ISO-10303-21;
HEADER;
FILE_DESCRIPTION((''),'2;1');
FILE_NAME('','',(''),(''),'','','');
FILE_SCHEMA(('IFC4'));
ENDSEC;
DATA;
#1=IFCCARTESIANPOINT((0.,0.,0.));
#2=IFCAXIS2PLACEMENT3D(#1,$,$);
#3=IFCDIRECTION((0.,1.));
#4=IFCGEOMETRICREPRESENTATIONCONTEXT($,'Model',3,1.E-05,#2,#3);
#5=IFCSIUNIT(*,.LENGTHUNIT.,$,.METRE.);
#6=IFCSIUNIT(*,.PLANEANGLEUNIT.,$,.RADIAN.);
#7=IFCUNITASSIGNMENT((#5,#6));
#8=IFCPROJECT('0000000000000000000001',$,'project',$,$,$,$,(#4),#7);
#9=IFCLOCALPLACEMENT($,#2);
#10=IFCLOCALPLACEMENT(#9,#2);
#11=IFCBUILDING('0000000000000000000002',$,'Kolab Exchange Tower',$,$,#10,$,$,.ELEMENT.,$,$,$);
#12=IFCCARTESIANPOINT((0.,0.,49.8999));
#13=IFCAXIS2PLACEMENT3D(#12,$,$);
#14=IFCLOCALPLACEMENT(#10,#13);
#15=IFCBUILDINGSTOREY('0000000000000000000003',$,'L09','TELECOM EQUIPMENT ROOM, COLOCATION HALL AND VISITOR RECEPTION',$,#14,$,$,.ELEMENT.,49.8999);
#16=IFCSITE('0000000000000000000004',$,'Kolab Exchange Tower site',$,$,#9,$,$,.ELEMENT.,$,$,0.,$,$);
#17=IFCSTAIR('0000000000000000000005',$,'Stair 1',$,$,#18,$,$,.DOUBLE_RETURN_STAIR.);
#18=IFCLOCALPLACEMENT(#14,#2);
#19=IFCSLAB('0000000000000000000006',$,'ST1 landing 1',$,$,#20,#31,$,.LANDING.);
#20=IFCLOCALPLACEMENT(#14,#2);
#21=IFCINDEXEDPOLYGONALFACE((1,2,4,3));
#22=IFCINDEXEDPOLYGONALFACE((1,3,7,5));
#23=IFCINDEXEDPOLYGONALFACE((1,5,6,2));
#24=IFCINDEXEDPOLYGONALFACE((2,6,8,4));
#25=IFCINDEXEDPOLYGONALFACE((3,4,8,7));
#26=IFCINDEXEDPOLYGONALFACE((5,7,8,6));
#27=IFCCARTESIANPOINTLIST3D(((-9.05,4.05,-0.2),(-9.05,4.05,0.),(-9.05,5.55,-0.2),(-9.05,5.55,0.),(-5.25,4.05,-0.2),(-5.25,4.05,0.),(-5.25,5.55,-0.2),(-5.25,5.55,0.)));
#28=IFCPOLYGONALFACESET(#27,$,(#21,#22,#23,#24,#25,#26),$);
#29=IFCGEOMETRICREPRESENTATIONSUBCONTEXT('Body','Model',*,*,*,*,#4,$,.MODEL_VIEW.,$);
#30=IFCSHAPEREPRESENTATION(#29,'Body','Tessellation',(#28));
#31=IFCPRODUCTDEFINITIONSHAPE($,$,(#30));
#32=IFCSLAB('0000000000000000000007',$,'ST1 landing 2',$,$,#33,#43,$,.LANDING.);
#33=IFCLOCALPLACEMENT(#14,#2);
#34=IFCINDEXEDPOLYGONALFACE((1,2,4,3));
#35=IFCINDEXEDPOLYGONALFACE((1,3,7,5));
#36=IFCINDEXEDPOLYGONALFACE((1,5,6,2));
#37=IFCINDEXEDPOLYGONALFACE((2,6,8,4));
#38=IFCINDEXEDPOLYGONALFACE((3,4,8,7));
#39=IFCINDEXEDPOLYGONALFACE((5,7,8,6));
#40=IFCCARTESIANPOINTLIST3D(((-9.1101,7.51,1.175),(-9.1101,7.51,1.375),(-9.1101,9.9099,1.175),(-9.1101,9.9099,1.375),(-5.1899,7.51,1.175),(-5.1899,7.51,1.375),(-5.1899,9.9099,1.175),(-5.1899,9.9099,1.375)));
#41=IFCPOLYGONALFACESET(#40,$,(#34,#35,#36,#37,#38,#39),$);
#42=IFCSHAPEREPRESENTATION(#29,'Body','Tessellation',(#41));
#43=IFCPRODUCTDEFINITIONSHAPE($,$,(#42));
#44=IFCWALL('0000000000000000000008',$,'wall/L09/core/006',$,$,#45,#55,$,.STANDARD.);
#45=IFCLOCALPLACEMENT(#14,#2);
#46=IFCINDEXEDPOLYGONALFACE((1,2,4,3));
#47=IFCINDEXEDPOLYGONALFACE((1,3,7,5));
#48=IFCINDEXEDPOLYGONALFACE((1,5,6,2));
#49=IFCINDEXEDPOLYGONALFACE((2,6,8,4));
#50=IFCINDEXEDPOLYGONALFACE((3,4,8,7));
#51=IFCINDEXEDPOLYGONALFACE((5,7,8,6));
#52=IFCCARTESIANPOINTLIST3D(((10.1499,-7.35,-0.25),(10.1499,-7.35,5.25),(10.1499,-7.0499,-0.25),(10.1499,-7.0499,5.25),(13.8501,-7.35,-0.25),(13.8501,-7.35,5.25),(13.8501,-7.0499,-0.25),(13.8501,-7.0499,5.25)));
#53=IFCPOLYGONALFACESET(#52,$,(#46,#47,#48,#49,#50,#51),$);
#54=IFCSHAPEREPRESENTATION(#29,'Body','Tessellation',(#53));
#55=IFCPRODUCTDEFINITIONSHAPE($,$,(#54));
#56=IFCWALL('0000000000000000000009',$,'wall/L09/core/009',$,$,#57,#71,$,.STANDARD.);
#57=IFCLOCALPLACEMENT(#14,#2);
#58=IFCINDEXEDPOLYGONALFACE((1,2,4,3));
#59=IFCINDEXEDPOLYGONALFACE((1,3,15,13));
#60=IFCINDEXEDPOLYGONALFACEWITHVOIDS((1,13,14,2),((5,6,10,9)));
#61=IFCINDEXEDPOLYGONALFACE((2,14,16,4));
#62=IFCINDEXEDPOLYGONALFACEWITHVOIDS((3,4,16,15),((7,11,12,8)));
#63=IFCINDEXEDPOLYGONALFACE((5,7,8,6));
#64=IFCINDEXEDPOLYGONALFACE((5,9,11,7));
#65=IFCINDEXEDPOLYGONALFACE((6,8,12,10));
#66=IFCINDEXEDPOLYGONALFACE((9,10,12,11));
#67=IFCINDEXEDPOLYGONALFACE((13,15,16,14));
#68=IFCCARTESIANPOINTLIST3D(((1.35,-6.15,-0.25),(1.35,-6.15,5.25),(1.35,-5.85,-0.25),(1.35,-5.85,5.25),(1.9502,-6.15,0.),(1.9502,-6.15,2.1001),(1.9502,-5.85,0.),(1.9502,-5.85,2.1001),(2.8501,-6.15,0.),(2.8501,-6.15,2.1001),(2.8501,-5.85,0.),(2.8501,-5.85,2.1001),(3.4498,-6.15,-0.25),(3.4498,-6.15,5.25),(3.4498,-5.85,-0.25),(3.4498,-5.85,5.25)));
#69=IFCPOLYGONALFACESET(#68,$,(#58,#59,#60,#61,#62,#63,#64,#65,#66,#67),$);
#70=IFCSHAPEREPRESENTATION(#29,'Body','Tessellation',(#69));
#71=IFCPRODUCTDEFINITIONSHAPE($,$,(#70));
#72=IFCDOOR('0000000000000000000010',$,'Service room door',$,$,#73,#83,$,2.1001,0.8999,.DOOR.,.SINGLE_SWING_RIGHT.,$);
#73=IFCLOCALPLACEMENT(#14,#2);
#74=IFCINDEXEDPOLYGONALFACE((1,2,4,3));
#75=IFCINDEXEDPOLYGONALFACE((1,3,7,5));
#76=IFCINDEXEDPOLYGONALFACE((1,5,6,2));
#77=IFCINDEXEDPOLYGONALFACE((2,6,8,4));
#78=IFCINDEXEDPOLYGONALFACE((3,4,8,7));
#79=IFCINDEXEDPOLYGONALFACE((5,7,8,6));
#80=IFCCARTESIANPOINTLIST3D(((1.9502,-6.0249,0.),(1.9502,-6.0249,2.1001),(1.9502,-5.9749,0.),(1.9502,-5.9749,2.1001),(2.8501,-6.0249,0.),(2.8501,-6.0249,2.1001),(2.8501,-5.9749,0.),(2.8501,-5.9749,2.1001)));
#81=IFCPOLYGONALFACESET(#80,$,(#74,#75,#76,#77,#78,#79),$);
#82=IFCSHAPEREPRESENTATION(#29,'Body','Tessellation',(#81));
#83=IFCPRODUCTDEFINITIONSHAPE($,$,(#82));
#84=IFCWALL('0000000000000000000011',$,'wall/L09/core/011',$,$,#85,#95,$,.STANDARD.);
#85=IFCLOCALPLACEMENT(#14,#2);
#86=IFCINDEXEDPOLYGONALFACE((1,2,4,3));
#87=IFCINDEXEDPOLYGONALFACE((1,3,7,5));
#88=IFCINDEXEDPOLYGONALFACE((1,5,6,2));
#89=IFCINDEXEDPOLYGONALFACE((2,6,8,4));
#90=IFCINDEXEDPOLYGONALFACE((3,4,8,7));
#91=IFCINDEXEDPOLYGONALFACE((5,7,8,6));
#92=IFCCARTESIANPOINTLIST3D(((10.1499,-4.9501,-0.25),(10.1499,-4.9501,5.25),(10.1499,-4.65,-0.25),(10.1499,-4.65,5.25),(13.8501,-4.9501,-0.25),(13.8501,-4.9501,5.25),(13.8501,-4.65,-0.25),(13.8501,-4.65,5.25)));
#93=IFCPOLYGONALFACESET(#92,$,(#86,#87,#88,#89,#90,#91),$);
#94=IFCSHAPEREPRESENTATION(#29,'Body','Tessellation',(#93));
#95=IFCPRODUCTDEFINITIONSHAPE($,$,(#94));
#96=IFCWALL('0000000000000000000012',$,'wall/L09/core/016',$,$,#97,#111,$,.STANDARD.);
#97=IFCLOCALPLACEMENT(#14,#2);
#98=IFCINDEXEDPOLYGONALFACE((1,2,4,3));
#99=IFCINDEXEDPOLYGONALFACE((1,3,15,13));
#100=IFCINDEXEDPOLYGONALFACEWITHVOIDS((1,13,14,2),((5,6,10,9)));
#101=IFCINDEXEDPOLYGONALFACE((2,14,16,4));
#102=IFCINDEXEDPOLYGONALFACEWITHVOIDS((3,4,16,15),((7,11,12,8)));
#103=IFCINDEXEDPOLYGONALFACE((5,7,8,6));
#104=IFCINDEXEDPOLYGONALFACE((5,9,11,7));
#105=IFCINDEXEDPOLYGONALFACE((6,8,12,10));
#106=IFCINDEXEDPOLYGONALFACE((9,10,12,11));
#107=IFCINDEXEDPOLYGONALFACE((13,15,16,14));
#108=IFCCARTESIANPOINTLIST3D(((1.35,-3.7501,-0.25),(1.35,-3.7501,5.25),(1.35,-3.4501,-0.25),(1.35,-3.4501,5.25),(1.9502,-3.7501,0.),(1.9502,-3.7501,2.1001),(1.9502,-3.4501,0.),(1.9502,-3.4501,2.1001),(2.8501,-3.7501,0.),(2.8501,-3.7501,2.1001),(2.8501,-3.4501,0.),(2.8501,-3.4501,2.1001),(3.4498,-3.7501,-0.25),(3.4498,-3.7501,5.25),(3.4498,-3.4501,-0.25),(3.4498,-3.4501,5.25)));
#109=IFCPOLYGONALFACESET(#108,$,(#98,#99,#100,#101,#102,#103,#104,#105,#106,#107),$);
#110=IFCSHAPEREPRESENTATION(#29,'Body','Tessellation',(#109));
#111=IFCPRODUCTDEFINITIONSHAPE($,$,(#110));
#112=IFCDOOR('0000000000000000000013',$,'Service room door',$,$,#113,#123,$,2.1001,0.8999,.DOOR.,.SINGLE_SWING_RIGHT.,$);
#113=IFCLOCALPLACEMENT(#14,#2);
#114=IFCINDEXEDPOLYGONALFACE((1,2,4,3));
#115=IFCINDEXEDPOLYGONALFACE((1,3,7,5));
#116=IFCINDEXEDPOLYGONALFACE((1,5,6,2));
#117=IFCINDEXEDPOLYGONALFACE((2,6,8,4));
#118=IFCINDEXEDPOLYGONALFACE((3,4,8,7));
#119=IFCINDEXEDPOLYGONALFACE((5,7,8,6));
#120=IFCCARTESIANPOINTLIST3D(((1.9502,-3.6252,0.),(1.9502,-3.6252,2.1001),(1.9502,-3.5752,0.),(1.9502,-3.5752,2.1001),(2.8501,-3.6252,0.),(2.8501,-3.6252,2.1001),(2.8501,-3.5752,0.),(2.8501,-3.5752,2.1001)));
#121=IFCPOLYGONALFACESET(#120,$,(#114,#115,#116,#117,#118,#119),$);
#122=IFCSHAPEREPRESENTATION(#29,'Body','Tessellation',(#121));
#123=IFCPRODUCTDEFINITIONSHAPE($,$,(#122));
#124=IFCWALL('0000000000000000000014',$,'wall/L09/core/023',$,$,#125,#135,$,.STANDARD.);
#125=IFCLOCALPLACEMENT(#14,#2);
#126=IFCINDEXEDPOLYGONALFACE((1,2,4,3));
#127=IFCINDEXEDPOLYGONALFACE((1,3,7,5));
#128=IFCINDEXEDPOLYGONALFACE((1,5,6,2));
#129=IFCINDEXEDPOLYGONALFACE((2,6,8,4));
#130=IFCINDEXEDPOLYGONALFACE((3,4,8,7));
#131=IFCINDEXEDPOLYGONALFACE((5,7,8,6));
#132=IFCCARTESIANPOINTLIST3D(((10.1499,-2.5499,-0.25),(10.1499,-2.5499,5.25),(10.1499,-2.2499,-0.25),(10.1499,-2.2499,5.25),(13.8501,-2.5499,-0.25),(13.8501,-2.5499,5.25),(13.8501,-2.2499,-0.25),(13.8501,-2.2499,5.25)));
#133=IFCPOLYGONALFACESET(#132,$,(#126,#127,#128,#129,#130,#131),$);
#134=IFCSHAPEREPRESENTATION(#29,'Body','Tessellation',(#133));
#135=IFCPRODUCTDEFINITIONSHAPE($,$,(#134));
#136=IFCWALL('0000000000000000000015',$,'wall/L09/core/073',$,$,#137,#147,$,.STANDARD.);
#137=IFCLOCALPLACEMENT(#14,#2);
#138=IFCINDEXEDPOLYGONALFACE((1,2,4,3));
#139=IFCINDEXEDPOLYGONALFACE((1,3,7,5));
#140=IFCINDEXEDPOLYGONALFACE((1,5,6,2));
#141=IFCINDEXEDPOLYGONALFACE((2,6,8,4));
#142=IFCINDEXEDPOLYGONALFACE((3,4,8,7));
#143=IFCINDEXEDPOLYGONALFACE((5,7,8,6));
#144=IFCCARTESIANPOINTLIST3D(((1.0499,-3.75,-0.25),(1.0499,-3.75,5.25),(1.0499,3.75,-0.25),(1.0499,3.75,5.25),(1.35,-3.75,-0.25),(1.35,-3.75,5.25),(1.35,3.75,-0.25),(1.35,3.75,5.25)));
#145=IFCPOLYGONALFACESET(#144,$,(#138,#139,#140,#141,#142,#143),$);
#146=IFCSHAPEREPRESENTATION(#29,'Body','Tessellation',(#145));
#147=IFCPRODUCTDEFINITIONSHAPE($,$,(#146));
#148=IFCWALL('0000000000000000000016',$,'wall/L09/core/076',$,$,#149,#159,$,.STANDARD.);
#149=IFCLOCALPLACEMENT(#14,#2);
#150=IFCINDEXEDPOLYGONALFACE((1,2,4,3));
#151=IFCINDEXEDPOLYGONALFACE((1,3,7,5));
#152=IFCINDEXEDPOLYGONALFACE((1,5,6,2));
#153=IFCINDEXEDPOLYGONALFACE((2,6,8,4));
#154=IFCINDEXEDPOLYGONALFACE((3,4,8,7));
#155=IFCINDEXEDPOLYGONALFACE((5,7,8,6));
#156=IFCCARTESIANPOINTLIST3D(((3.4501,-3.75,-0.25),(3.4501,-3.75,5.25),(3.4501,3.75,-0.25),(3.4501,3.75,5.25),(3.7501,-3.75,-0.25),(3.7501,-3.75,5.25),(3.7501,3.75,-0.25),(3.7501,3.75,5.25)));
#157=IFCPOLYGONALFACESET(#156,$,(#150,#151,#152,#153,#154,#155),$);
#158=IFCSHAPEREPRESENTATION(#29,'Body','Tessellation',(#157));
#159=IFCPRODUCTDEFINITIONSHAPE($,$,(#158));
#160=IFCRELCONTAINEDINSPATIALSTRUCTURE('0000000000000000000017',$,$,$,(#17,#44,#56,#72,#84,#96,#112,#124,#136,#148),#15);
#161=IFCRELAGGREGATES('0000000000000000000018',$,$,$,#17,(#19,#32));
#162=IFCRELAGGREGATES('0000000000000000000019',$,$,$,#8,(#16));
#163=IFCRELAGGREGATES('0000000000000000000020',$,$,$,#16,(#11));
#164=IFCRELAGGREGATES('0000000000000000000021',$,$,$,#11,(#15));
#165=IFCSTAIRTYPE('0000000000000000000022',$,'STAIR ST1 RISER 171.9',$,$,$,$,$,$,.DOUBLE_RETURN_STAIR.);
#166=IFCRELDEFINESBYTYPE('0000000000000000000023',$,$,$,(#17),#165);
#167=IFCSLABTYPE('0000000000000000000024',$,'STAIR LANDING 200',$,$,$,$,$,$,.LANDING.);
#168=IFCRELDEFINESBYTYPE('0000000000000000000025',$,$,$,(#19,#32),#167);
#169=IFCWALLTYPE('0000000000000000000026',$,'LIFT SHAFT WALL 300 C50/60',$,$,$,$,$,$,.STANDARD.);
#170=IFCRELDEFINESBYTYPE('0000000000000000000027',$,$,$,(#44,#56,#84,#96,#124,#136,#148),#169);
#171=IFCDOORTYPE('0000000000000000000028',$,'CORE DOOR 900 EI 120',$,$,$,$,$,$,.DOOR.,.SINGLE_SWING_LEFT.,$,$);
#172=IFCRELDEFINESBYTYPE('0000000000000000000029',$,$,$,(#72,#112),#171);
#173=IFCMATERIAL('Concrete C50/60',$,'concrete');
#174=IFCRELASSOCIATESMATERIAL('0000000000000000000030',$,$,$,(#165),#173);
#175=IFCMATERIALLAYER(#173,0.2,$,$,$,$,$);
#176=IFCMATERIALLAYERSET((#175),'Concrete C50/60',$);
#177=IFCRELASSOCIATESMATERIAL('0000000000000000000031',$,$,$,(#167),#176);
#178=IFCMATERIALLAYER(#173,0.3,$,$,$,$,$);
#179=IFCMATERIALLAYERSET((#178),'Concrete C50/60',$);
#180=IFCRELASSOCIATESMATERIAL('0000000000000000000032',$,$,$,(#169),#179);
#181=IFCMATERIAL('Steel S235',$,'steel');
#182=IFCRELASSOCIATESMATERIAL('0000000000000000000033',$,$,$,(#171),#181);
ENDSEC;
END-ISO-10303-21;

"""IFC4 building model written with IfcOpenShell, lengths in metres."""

from ifc_helpers import new_model, si_unit, direction, frame, frame_2d, origin, place, context, subcontext, project, spatial, polyline, rectangle, outline, extrude, material, layer, layer_set, type_object, element, fill, aggregate, save


model = new_model("IFC4")

# Units and contexts
model_context = context("Model", 3, precision=1e-05, world=origin(), true_north=direction((0.0, 1.0)))
body_context = subcontext(model_context, "Body", "Model", "MODEL_VIEW")
ifc_project = project(units=[si_unit("LENGTHUNIT", "METRE"), si_unit("PLANEANGLEUNIT", "RADIAN")], contexts=[model_context])

# Site, building, storey
site_placement = place(None, origin())
site = spatial("IfcSite", under=ifc_project, at=site_placement, Name="Kolab Exchange Tower site", CompositionType="ELEMENT", RefElevation=0.0)
building_placement = place(site_placement, origin())
building = spatial("IfcBuilding", under=site, at=building_placement, Name="Kolab Exchange Tower", CompositionType="ELEMENT")
storey_placement = place(building_placement, frame((0.0, 0.0, 49.8999)))
storey = spatial("IfcBuildingStorey", under=building, at=storey_placement, Name="L09", Description="TELECOM EQUIPMENT ROOM, COLOCATION HALL AND VISITOR RECEPTION", CompositionType="ELEMENT", Elevation=49.8999)

# Stair, slabs
ifc_material_1 = material(Name="Concrete C50/60", Category="concrete")
stair_type_1 = type_object("IfcStairType", Name="STAIR ST1 RISER 171.9", PredefinedType="DOUBLE_RETURN_STAIR", material=ifc_material_1)
stair_1_placement = place(storey_placement, origin())
stair_1 = element("IfcStair", 1, at=stair_1_placement, inside=storey, type_object=stair_type_1, Name="Stair 1", PredefinedType="DOUBLE_RETURN_STAIR")
ifc_layer_1 = layer(ifc_material_1, 0.2)
ifc_layer_set_1 = layer_set([ifc_layer_1], Name="Concrete C50/60")
slab_type = type_object("IfcSlabType", Name="STAIR LANDING 200", PredefinedType="LANDING", material=ifc_layer_set_1)
slab_1_placement = place(storey_placement, frame((0.0, 0.0, -0.2)))
slab_1 = element("IfcSlab", 2, at=slab_1_placement, type_object=slab_type, Name="ST1 landing 1", PredefinedType="LANDING", context=body_context, shape_type="SweptSolid", body=[
    extrude(outline(polyline([(-9.05, 4.05), (-5.25, 4.05), (-5.25, 5.55), (-9.05, 5.55), (-9.05, 4.05)])), origin(), (0.0, 0.0, 1.0), 0.2),
])
slab_2_placement = place(storey_placement, frame((0.0, 0.0, 1.175)))
slab_2 = element("IfcSlab", 3, at=slab_2_placement, type_object=slab_type, Name="ST1 landing 2", PredefinedType="LANDING", context=body_context, shape_type="SweptSolid", body=[
    extrude(outline(polyline([(-9.1101, 7.51), (-5.1899, 7.51), (-5.1899, 9.9099), (-9.1101, 9.9099), (-9.1101, 7.51)])), origin(), (0.0, 0.0, 1.0), 0.2),
])
aggregate(stair_1, [slab_1, slab_2])

# Wall
ifc_layer_2 = layer(ifc_material_1, 0.3)
ifc_layer_set_2 = layer_set([ifc_layer_2], Name="Concrete C50/60")
wall_type_1 = type_object("IfcWallType", Name="LIFT SHAFT WALL 300 C50/60", PredefinedType="STANDARD", material=ifc_layer_set_2)
wall_1_placement = place(storey_placement, frame((10.1499, -7.2, -0.25), z_axis=(0.0, 0.0, 1.0), x_axis=(1.0, 0.0, 0.0)))
element("IfcWall", 4, at=wall_1_placement, inside=storey, type_object=wall_type_1, Name="wall/L09/core/006", PredefinedType="STANDARD", context=body_context, shape_type="SweptSolid", body=[
    extrude(rectangle(XDim=3.7002, YDim=0.3, at=frame_2d((1.8501, 0.0))), origin(), (0.0, 0.0, 1.0), 5.5),
])

# Wall, opening, door
wall_2_placement = place(storey_placement, frame((1.3501, -6.0, -0.25), z_axis=(0.0, 0.0, 1.0), x_axis=(1.0, 0.0, 0.0)))
wall_2 = element("IfcWall", 5, at=wall_2_placement, inside=storey, type_object=wall_type_1, Name="wall/L09/core/009", PredefinedType="STANDARD", context=body_context, shape_type="SweptSolid", body=[
    extrude(rectangle(XDim=2.0999, YDim=0.3, at=frame_2d((1.0498, 0.0))), origin(), (0.0, 0.0, 1.0), 5.5),
])
opening_1_placement = place(wall_2_placement, frame((0.6001, 0.0, 0.25)))
opening_1 = element("IfcOpeningElement", 6, at=opening_1_placement, cuts=wall_2, PredefinedType="OPENING", context=body_context, shape_type="SweptSolid", body=[
    extrude(rectangle(XDim=0.8999, YDim=2.1001, at=frame_2d((0.45, 1.05))), frame((0.0, 0.1602, 0.0), z_axis=(0.0, -1.0, 0.0), x_axis=(1.0, 0.0, 0.0)), (0.0, 0.0, 1.0), 0.3201),
])
ifc_material_2 = material(Name="Steel S235", Category="steel")
door_type_1 = type_object("IfcDoorType", Name="CORE DOOR 900 EI 120", OperationType="SINGLE_SWING_LEFT", PredefinedType="DOOR", material=ifc_material_2)
door_1_placement = place(opening_1_placement, frame((0.8999, 0.0, 0.0), z_axis=(0.0, 0.0, 1.0), x_axis=(-1.0, 0.0, 0.0)))
door_1 = element("IfcDoor", 7, at=door_1_placement, inside=storey, type_object=door_type_1, Name="Service room door", OperationType="SINGLE_SWING_RIGHT", OverallHeight=2.1001, OverallWidth=0.8999, PredefinedType="DOOR", context=body_context, shape_type="SweptSolid", body=[
    extrude(rectangle(XDim=0.8999, YDim=2.1001, at=frame_2d((0.45, 1.05))), frame((0.0, 0.0249, 0.0), z_axis=(0.0, -1.0, 0.0), x_axis=(1.0, 0.0, 0.0)), (0.0, 0.0, 1.0), 0.05),
])
fill(opening_1, door_1)

# Wall
wall_3_placement = place(storey_placement, frame((10.1499, -4.8, -0.25), z_axis=(0.0, 0.0, 1.0), x_axis=(1.0, 0.0, 0.0)))
element("IfcWall", 8, at=wall_3_placement, inside=storey, type_object=wall_type_1, Name="wall/L09/core/011", PredefinedType="STANDARD", context=body_context, shape_type="SweptSolid", body=[
    extrude(rectangle(XDim=3.7002, YDim=0.3, at=frame_2d((1.8501, 0.0))), origin(), (0.0, 0.0, 1.0), 5.5),
])

# Wall, opening, door
wall_4_placement = place(storey_placement, frame((1.3501, -3.6001, -0.25), z_axis=(0.0, 0.0, 1.0), x_axis=(1.0, 0.0, 0.0)))
wall_4 = element("IfcWall", 9, at=wall_4_placement, inside=storey, type_object=wall_type_1, Name="wall/L09/core/016", PredefinedType="STANDARD", context=body_context, shape_type="SweptSolid", body=[
    extrude(rectangle(XDim=2.0999, YDim=0.3, at=frame_2d((1.0498, 0.0))), origin(), (0.0, 0.0, 1.0), 5.5),
])
opening_2_placement = place(wall_4_placement, frame((0.6001, 0.0, 0.25)))
opening_2 = element("IfcOpeningElement", 10, at=opening_2_placement, cuts=wall_4, PredefinedType="OPENING", context=body_context, shape_type="SweptSolid", body=[
    extrude(rectangle(XDim=0.8999, YDim=2.1001, at=frame_2d((0.45, 1.05))), frame((0.0, 0.1602, 0.0), z_axis=(0.0, -1.0, 0.0), x_axis=(1.0, 0.0, 0.0)), (0.0, 0.0, 1.0), 0.3201),
])
door_2_placement = place(opening_2_placement, origin())
door_2 = element("IfcDoor", 11, at=door_2_placement, inside=storey, type_object=door_type_1, Name="Service room door", OperationType="SINGLE_SWING_RIGHT", OverallHeight=2.1001, OverallWidth=0.8999, PredefinedType="DOOR", context=body_context, shape_type="SweptSolid", body=[
    extrude(rectangle(XDim=0.8999, YDim=2.1001, at=frame_2d((0.45, 1.05))), frame((0.0, 0.0249, 0.0), z_axis=(0.0, -1.0, 0.0), x_axis=(1.0, 0.0, 0.0)), (0.0, 0.0, 1.0), 0.05),
])
fill(opening_2, door_2)

# Walls
wall_5_placement = place(storey_placement, frame((10.1499, -2.3999, -0.25), z_axis=(0.0, 0.0, 1.0), x_axis=(1.0, 0.0, 0.0)))
element("IfcWall", 12, at=wall_5_placement, inside=storey, type_object=wall_type_1, Name="wall/L09/core/023", PredefinedType="STANDARD", context=body_context, shape_type="SweptSolid", body=[
    extrude(rectangle(XDim=3.7002, YDim=0.3, at=frame_2d((1.8501, 0.0))), origin(), (0.0, 0.0, 1.0), 5.5),
])
for number, where, z_axis, x_axis, name in (
    (13, (1.2, -3.75, -0.25), (0.0, 0.0, 1.0), (0.0, 1.0, 0.0), "wall/L09/core/073"),
    (14, (3.6001, -3.75, -0.25), (0.0, 0.0, 1.0), (0.0, 1.0, 0.0), "wall/L09/core/076"),
):
    element("IfcWall", number, at=place(storey_placement, frame(where, z_axis=z_axis, x_axis=x_axis)), inside=storey, type_object=wall_type_1, Name=name, PredefinedType="STANDARD", context=body_context, shape_type="SweptSolid", body=[
        extrude(rectangle(XDim=7.5, YDim=0.3, at=frame_2d((3.75, 0.0))), origin(), (0.0, 0.0, 1.0), 5.5),
    ])

save(model, "model.ifc")
